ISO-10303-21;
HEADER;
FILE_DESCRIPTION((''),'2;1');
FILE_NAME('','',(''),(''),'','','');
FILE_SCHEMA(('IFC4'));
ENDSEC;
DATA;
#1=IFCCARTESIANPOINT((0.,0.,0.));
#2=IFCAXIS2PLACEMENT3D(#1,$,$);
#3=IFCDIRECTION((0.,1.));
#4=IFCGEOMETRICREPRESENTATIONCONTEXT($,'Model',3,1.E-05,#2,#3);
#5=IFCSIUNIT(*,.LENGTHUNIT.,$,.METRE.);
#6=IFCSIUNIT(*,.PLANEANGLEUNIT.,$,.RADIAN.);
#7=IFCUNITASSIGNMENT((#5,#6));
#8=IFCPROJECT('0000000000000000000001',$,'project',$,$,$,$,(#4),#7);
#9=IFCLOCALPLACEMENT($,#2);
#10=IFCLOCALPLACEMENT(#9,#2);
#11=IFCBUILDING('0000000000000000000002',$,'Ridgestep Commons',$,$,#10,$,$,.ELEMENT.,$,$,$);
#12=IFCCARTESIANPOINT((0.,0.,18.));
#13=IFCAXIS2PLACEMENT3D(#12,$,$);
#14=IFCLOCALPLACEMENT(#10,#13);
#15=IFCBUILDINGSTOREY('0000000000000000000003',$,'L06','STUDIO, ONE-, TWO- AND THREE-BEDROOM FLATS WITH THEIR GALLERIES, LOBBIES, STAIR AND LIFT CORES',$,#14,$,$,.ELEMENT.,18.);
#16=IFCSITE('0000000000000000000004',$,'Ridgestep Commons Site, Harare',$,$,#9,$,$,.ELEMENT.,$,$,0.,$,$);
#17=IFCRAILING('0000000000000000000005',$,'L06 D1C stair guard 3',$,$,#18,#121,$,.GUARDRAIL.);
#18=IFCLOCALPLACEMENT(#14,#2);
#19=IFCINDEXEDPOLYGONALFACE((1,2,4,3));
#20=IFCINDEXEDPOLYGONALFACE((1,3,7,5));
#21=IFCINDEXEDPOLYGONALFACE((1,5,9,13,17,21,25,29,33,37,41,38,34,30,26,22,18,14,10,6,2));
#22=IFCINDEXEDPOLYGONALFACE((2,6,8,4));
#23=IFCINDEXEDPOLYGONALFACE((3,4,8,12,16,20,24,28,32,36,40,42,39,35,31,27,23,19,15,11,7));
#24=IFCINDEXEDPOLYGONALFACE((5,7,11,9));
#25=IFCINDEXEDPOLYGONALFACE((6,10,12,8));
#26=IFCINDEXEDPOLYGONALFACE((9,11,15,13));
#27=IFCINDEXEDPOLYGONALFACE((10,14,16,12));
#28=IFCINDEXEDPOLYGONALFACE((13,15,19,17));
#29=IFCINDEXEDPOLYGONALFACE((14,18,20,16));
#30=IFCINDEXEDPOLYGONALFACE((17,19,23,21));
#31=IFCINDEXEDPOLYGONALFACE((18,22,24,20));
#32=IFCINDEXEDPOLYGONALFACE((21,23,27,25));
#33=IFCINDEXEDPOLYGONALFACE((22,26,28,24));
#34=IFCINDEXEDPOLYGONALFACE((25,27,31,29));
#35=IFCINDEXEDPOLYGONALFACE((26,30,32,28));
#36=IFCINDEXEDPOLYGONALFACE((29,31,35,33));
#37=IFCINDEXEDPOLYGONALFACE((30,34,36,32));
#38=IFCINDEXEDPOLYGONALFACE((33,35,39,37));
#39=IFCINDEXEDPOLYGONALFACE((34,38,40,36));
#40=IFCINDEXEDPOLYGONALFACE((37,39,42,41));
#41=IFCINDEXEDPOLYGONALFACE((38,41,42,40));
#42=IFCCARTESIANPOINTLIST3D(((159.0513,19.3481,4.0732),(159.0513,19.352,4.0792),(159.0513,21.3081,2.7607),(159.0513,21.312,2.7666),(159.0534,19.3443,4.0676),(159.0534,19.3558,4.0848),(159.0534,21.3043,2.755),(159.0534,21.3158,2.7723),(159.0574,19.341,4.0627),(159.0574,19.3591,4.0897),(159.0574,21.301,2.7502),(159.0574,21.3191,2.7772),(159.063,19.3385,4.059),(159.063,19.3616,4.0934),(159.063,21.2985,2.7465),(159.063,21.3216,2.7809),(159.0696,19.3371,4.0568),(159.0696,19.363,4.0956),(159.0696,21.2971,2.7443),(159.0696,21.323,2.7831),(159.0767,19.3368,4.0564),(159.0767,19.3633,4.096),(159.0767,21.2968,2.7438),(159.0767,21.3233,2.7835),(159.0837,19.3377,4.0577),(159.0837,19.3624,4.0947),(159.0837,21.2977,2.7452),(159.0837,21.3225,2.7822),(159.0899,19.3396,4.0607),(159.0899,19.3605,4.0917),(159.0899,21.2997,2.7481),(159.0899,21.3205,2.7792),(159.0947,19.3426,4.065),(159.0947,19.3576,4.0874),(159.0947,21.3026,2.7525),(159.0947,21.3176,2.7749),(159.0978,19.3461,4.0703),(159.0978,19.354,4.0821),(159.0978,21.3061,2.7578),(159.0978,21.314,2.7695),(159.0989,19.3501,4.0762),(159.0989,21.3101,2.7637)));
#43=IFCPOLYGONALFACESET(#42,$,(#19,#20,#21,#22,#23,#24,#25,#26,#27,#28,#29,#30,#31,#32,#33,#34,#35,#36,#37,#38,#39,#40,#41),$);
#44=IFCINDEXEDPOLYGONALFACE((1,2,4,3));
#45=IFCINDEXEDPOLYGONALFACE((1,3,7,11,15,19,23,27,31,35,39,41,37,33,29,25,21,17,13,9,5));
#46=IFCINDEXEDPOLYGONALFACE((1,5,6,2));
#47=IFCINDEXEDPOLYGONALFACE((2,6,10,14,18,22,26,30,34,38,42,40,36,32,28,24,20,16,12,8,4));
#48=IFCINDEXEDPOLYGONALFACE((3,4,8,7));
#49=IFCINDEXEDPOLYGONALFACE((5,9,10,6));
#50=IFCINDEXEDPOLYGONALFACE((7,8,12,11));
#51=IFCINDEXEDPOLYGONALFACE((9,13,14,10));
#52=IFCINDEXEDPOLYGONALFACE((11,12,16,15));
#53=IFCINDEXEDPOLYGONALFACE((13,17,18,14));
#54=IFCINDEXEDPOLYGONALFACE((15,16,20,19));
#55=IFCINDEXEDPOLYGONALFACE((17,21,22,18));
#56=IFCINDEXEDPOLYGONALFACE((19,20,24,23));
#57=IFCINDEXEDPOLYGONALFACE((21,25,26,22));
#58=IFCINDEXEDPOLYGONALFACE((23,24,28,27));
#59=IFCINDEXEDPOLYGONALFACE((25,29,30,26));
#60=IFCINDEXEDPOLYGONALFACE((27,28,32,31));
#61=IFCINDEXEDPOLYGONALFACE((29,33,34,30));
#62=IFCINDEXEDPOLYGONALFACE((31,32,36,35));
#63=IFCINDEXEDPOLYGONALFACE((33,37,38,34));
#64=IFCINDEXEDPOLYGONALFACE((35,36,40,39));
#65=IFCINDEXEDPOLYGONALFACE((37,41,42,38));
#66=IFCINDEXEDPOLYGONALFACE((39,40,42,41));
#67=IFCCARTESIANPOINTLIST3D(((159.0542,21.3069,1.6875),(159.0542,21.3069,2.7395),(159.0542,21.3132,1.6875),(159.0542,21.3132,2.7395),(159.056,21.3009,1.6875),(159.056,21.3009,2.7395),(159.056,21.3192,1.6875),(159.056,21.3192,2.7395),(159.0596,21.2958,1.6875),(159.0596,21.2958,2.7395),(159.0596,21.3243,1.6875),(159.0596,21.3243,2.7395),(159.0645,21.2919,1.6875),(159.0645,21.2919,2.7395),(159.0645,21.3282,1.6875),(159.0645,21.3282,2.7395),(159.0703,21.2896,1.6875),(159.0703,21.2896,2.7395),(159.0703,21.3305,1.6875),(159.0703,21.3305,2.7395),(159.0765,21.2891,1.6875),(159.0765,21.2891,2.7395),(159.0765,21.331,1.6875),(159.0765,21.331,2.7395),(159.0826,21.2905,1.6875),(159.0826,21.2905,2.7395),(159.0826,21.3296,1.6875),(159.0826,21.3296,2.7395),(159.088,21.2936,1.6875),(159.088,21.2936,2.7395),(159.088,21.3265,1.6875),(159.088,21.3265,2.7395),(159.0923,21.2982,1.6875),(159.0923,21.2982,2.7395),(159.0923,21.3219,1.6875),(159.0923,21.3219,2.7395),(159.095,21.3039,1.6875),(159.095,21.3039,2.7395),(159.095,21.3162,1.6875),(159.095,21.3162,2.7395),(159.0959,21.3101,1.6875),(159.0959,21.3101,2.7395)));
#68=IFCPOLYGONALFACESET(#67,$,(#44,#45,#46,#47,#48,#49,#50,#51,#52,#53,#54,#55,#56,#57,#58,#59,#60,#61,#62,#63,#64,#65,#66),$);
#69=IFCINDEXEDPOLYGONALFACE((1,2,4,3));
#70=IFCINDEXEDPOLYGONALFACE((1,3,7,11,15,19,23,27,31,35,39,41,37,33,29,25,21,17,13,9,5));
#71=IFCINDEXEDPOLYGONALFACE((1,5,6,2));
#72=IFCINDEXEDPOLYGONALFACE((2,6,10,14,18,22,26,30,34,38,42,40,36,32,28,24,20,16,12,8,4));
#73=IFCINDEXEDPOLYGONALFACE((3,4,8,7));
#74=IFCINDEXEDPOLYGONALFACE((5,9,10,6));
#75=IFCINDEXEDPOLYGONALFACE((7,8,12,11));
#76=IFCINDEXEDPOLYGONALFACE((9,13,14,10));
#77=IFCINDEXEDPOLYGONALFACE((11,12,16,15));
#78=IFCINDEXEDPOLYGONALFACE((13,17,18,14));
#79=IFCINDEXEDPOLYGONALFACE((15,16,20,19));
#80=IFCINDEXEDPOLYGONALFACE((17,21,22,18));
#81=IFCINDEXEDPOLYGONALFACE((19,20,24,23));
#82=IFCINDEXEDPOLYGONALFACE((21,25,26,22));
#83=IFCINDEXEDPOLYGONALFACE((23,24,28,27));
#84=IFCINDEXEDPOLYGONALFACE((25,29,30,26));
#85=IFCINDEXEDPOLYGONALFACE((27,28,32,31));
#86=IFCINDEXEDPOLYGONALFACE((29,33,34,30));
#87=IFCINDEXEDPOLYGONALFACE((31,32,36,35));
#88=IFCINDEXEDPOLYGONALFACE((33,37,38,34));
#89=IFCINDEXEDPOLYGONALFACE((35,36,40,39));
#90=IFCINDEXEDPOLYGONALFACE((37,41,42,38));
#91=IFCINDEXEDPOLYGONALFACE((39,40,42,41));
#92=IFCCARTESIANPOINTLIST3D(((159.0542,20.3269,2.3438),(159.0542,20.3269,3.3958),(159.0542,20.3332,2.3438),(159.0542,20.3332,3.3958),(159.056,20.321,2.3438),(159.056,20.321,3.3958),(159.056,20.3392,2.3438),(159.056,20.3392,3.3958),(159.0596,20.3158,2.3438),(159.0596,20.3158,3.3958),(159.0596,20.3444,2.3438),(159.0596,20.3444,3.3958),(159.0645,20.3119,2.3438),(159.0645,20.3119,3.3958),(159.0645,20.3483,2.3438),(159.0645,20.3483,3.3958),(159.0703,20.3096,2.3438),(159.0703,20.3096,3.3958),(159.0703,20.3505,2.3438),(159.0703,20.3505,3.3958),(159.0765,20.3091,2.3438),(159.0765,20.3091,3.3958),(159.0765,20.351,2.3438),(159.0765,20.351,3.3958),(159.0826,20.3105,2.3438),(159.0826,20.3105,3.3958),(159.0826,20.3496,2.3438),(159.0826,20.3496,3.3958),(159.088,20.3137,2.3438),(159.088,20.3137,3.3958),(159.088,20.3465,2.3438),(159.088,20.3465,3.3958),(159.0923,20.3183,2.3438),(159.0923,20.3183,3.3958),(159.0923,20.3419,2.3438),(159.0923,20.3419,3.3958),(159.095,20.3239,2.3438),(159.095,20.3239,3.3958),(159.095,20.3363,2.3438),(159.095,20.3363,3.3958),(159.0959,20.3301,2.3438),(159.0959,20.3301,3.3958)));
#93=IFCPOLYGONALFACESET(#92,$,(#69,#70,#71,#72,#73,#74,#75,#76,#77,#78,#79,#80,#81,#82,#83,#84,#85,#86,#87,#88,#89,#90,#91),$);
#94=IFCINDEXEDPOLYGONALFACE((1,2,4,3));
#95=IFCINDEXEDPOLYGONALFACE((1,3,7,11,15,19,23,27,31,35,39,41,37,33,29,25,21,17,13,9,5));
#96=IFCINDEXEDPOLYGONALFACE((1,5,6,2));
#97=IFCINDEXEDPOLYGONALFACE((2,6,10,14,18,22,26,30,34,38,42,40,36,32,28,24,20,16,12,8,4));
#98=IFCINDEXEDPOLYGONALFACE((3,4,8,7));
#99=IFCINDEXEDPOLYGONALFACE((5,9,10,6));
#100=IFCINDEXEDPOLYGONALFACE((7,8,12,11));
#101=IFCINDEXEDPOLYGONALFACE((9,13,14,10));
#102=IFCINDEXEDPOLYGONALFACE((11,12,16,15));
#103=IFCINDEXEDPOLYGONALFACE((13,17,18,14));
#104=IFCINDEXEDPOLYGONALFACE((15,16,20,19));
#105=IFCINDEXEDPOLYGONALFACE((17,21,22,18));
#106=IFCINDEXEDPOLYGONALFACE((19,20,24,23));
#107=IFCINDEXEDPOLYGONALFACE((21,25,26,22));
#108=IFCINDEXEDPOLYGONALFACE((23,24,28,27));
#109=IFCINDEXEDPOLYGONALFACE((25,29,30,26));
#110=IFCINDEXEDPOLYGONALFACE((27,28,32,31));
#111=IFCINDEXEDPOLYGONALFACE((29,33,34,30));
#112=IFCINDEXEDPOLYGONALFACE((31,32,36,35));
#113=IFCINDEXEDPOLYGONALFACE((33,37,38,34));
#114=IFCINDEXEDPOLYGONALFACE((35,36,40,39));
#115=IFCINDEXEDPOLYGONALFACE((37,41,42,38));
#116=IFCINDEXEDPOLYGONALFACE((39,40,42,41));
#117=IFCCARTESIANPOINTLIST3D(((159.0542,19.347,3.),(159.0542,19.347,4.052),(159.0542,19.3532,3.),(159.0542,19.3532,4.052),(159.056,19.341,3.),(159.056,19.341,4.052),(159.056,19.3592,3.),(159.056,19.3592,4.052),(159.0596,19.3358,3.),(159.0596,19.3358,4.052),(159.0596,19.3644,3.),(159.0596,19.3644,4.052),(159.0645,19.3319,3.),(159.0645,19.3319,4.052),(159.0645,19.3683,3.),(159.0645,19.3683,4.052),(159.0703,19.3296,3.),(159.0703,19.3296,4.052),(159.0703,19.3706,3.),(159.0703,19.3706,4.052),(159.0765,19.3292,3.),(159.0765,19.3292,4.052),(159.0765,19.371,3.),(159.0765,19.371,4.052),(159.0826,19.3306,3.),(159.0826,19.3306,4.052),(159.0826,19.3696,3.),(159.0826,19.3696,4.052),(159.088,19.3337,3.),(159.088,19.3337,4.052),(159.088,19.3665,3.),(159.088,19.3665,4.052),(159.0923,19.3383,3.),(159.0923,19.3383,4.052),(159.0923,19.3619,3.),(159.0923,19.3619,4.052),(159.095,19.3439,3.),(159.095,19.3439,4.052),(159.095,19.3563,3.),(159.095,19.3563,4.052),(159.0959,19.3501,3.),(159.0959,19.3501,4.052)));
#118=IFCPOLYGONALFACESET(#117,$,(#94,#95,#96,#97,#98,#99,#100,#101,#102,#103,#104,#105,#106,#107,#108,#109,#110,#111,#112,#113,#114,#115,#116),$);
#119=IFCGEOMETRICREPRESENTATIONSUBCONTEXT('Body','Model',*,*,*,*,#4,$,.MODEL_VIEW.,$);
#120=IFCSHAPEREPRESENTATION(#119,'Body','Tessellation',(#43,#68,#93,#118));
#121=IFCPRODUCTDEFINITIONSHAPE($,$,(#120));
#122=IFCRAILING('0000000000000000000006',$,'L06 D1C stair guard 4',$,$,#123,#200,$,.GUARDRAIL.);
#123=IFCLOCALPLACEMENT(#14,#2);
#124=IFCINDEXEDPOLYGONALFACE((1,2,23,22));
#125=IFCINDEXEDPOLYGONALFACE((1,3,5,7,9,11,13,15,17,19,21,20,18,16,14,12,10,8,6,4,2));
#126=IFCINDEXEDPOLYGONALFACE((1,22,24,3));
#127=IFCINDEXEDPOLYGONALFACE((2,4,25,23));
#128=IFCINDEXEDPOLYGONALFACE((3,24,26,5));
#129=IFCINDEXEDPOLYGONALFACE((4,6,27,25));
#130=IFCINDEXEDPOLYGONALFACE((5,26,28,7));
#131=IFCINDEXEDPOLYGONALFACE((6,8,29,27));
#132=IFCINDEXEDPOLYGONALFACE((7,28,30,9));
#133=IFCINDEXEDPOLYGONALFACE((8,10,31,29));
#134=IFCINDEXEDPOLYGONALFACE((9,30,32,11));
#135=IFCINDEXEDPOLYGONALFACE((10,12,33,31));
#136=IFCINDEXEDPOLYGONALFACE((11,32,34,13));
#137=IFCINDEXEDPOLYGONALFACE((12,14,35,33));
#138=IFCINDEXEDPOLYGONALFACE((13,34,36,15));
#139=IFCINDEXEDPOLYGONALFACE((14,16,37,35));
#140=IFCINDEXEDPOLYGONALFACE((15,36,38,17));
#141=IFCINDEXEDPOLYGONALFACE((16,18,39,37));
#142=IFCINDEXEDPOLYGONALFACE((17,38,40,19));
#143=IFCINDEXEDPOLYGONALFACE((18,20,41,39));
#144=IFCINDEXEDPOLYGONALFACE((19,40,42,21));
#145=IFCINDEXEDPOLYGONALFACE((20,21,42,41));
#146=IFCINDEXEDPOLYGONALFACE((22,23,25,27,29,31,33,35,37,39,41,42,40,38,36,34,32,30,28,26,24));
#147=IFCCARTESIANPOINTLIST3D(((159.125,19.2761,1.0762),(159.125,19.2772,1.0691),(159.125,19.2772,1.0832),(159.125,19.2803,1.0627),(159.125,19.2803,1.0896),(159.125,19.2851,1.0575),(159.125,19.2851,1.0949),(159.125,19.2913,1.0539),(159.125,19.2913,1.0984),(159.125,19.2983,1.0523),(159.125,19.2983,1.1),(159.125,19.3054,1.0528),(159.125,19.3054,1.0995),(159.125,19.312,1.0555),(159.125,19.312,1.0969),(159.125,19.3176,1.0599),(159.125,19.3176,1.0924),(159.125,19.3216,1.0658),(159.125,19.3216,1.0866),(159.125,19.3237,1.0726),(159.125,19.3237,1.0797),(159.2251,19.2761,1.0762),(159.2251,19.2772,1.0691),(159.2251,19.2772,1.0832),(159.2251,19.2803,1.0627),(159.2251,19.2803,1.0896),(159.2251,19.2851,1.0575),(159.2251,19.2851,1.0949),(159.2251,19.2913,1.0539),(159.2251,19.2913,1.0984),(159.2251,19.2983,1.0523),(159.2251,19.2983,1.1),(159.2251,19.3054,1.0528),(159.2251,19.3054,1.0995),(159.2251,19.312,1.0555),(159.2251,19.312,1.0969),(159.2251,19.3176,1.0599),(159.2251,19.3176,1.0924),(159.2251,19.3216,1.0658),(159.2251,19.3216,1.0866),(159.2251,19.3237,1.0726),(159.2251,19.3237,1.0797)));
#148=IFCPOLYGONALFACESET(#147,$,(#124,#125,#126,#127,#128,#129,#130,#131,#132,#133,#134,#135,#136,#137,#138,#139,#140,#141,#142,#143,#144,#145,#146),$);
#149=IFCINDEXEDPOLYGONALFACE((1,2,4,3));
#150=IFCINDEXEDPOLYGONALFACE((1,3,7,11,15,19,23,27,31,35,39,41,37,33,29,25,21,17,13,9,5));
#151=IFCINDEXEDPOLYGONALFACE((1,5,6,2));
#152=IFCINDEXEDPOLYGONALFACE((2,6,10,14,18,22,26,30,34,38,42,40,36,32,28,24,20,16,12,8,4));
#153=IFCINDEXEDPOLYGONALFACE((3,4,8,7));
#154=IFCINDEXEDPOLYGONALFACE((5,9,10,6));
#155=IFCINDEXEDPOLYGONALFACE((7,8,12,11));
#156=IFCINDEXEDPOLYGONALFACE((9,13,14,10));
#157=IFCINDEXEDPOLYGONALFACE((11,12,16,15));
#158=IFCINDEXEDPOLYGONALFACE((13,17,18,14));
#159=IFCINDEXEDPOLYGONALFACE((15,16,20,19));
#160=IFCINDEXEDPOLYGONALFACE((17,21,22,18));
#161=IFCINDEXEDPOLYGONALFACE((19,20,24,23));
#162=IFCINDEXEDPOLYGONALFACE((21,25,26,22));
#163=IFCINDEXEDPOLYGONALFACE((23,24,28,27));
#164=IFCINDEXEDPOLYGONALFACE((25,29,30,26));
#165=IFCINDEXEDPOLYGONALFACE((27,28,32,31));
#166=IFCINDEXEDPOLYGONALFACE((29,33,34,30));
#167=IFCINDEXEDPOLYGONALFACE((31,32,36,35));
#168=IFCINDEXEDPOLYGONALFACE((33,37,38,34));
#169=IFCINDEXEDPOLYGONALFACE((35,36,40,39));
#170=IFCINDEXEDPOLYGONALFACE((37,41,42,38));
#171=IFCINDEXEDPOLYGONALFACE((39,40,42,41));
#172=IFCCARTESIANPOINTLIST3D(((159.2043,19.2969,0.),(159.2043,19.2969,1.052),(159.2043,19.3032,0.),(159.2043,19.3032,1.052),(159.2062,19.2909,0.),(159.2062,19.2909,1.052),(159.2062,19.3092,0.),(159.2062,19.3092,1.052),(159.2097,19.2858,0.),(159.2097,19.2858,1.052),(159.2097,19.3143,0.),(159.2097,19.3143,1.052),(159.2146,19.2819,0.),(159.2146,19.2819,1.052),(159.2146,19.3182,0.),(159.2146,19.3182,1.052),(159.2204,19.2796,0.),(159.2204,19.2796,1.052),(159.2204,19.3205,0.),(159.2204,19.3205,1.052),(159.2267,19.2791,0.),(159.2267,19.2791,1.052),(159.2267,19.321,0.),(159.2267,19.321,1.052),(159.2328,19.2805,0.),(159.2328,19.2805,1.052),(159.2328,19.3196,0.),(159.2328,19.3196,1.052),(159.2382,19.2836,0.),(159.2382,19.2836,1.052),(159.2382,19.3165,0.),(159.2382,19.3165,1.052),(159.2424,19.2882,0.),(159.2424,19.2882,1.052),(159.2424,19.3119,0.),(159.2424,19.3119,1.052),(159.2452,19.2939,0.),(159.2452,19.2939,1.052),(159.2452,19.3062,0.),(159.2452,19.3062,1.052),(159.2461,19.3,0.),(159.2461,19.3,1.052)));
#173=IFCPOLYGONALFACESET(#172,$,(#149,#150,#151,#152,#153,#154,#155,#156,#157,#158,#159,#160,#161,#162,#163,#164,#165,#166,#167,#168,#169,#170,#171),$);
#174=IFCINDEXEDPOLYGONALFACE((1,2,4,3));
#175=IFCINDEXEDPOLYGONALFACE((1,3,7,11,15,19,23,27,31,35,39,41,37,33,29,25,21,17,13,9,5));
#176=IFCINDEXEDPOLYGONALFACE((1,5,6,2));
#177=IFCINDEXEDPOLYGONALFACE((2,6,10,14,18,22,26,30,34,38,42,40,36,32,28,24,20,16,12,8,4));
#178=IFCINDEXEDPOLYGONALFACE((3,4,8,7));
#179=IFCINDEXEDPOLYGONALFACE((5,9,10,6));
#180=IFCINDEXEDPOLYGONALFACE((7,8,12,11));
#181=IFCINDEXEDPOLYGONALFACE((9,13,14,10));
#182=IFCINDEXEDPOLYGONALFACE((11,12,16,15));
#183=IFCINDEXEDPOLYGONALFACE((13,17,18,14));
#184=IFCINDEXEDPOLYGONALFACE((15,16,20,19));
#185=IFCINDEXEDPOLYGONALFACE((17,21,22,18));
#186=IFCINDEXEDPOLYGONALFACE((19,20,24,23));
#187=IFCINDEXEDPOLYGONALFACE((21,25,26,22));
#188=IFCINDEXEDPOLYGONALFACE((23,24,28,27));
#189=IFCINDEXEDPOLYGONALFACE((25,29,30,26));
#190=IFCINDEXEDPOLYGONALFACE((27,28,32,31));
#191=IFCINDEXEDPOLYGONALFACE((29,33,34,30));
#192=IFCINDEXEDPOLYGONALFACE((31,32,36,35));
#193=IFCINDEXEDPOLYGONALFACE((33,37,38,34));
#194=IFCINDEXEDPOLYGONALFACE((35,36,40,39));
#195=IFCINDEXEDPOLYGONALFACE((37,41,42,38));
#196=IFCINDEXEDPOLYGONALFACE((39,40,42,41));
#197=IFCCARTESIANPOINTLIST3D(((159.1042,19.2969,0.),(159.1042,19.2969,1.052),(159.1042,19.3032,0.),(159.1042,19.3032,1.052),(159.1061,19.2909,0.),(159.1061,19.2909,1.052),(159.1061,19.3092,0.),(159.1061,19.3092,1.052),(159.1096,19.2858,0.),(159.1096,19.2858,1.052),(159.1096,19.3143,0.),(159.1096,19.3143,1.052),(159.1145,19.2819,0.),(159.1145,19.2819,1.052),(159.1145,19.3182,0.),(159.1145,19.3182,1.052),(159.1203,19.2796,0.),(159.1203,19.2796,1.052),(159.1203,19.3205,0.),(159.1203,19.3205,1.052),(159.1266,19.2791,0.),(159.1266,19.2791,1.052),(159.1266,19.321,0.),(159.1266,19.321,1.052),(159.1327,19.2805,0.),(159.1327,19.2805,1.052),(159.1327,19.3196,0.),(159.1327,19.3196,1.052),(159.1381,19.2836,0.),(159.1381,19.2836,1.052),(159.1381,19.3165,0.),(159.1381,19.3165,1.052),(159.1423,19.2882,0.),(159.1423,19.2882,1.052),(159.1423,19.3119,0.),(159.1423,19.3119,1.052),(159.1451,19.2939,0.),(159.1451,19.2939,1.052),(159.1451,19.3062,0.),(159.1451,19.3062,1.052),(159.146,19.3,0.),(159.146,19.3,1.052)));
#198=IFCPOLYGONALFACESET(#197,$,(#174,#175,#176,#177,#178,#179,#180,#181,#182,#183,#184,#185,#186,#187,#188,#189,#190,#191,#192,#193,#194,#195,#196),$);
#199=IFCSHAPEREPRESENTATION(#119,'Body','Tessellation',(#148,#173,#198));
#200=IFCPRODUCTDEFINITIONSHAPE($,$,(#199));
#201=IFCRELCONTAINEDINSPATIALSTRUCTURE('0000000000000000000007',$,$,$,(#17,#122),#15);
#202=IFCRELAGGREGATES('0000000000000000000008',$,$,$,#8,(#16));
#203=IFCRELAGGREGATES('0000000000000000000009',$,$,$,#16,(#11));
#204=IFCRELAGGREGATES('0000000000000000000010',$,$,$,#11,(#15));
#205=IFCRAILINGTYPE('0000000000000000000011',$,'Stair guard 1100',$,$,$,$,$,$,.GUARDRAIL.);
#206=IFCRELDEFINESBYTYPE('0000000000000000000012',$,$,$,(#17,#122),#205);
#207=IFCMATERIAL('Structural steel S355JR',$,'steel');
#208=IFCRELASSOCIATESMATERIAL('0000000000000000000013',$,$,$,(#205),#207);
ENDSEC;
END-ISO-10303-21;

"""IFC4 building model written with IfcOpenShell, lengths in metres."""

from ifc_helpers import new_model, si_unit, direction, frame, origin, origin_2d, place, context, subcontext, project, spatial, circle, extrude, material, type_object, element, save


model = new_model("IFC4")

# Units and contexts
model_context = context("Model", 3, precision=1e-05, world=origin(), true_north=direction((0.0, 1.0)))
body_context = subcontext(model_context, "Body", "Model", "MODEL_VIEW")
ifc_project = project(units=[si_unit("LENGTHUNIT", "METRE"), si_unit("PLANEANGLEUNIT", "RADIAN")], contexts=[model_context])

# Site, building, storey
site_placement = place(None, origin())
site = spatial("IfcSite", under=ifc_project, at=site_placement, Name="Ridgestep Commons Site, Harare", CompositionType="ELEMENT", RefElevation=0.0)
building_placement = place(site_placement, origin())
building = spatial("IfcBuilding", under=site, at=building_placement, Name="Ridgestep Commons", CompositionType="ELEMENT")
storey_placement = place(building_placement, frame((0.0, 0.0, 18.0)))
storey = spatial("IfcBuildingStorey", under=building, at=storey_placement, Name="L06", Description="STUDIO, ONE-, TWO- AND THREE-BEDROOM FLATS WITH THEIR GALLERIES, LOBBIES, STAIR AND LIFT CORES", CompositionType="ELEMENT", Elevation=18.0)

# Railings
ifc_material_1 = material(Name="Structural steel S355JR", Category="steel")
railing_type_1 = type_object("IfcRailingType", Name="Stair guard 1100", PredefinedType="GUARDRAIL", material=ifc_material_1)
railing_1_placement = place(storey_placement, frame((159.075, 21.3101, 1.6875)))
element("IfcRailing", 1, at=railing_1_placement, inside=storey, type_object=railing_type_1, Name="L06 D1C stair guard 3", PredefinedType="GUARDRAIL", context=body_context, shape_type="SweptSolid", body=[
    extrude(circle(Radius=0.0239, at=origin_2d()), frame((0.0, 0.0, 1.0762), z_axis=(0.0, -0.830902, 0.556419), x_axis=(1.0, 0.0, 0.0)), (0.0, 0.0, 1.0), 2.3589),
    extrude(circle(Radius=0.021, at=origin_2d()), origin(), (0.0, 0.0, 1.0), 1.052),
    extrude(circle(Radius=0.021, at=origin_2d()), frame((0.0, -0.98, 0.6562)), (0.0, 0.0, 1.0), 1.052),
    extrude(circle(Radius=0.021, at=origin_2d()), frame((0.0, -1.96, 1.3125)), (0.0, 0.0, 1.0), 1.052),
])
railing_2_placement = place(storey_placement, frame((159.2251, 19.3, 0.0)))
element("IfcRailing", 2, at=railing_2_placement, inside=storey, type_object=railing_type_1, Name="L06 D1C stair guard 4", PredefinedType="GUARDRAIL", context=body_context, shape_type="SweptSolid", body=[
    extrude(circle(Radius=0.0239, at=origin_2d()), frame((0.0, 0.0, 1.0762), z_axis=(-1.0, 0.0, 0.0), x_axis=(0.0, -1.0, 0.0)), (0.0, 0.0, 1.0), 0.1001),
    extrude(circle(Radius=0.021, at=origin_2d()), origin(), (0.0, 0.0, 1.0), 1.052),
    extrude(circle(Radius=0.021, at=origin_2d()), frame((-0.1001, 0.0, 0.0)), (0.0, 0.0, 1.0), 1.052),
])

save(model, "model.ifc")
